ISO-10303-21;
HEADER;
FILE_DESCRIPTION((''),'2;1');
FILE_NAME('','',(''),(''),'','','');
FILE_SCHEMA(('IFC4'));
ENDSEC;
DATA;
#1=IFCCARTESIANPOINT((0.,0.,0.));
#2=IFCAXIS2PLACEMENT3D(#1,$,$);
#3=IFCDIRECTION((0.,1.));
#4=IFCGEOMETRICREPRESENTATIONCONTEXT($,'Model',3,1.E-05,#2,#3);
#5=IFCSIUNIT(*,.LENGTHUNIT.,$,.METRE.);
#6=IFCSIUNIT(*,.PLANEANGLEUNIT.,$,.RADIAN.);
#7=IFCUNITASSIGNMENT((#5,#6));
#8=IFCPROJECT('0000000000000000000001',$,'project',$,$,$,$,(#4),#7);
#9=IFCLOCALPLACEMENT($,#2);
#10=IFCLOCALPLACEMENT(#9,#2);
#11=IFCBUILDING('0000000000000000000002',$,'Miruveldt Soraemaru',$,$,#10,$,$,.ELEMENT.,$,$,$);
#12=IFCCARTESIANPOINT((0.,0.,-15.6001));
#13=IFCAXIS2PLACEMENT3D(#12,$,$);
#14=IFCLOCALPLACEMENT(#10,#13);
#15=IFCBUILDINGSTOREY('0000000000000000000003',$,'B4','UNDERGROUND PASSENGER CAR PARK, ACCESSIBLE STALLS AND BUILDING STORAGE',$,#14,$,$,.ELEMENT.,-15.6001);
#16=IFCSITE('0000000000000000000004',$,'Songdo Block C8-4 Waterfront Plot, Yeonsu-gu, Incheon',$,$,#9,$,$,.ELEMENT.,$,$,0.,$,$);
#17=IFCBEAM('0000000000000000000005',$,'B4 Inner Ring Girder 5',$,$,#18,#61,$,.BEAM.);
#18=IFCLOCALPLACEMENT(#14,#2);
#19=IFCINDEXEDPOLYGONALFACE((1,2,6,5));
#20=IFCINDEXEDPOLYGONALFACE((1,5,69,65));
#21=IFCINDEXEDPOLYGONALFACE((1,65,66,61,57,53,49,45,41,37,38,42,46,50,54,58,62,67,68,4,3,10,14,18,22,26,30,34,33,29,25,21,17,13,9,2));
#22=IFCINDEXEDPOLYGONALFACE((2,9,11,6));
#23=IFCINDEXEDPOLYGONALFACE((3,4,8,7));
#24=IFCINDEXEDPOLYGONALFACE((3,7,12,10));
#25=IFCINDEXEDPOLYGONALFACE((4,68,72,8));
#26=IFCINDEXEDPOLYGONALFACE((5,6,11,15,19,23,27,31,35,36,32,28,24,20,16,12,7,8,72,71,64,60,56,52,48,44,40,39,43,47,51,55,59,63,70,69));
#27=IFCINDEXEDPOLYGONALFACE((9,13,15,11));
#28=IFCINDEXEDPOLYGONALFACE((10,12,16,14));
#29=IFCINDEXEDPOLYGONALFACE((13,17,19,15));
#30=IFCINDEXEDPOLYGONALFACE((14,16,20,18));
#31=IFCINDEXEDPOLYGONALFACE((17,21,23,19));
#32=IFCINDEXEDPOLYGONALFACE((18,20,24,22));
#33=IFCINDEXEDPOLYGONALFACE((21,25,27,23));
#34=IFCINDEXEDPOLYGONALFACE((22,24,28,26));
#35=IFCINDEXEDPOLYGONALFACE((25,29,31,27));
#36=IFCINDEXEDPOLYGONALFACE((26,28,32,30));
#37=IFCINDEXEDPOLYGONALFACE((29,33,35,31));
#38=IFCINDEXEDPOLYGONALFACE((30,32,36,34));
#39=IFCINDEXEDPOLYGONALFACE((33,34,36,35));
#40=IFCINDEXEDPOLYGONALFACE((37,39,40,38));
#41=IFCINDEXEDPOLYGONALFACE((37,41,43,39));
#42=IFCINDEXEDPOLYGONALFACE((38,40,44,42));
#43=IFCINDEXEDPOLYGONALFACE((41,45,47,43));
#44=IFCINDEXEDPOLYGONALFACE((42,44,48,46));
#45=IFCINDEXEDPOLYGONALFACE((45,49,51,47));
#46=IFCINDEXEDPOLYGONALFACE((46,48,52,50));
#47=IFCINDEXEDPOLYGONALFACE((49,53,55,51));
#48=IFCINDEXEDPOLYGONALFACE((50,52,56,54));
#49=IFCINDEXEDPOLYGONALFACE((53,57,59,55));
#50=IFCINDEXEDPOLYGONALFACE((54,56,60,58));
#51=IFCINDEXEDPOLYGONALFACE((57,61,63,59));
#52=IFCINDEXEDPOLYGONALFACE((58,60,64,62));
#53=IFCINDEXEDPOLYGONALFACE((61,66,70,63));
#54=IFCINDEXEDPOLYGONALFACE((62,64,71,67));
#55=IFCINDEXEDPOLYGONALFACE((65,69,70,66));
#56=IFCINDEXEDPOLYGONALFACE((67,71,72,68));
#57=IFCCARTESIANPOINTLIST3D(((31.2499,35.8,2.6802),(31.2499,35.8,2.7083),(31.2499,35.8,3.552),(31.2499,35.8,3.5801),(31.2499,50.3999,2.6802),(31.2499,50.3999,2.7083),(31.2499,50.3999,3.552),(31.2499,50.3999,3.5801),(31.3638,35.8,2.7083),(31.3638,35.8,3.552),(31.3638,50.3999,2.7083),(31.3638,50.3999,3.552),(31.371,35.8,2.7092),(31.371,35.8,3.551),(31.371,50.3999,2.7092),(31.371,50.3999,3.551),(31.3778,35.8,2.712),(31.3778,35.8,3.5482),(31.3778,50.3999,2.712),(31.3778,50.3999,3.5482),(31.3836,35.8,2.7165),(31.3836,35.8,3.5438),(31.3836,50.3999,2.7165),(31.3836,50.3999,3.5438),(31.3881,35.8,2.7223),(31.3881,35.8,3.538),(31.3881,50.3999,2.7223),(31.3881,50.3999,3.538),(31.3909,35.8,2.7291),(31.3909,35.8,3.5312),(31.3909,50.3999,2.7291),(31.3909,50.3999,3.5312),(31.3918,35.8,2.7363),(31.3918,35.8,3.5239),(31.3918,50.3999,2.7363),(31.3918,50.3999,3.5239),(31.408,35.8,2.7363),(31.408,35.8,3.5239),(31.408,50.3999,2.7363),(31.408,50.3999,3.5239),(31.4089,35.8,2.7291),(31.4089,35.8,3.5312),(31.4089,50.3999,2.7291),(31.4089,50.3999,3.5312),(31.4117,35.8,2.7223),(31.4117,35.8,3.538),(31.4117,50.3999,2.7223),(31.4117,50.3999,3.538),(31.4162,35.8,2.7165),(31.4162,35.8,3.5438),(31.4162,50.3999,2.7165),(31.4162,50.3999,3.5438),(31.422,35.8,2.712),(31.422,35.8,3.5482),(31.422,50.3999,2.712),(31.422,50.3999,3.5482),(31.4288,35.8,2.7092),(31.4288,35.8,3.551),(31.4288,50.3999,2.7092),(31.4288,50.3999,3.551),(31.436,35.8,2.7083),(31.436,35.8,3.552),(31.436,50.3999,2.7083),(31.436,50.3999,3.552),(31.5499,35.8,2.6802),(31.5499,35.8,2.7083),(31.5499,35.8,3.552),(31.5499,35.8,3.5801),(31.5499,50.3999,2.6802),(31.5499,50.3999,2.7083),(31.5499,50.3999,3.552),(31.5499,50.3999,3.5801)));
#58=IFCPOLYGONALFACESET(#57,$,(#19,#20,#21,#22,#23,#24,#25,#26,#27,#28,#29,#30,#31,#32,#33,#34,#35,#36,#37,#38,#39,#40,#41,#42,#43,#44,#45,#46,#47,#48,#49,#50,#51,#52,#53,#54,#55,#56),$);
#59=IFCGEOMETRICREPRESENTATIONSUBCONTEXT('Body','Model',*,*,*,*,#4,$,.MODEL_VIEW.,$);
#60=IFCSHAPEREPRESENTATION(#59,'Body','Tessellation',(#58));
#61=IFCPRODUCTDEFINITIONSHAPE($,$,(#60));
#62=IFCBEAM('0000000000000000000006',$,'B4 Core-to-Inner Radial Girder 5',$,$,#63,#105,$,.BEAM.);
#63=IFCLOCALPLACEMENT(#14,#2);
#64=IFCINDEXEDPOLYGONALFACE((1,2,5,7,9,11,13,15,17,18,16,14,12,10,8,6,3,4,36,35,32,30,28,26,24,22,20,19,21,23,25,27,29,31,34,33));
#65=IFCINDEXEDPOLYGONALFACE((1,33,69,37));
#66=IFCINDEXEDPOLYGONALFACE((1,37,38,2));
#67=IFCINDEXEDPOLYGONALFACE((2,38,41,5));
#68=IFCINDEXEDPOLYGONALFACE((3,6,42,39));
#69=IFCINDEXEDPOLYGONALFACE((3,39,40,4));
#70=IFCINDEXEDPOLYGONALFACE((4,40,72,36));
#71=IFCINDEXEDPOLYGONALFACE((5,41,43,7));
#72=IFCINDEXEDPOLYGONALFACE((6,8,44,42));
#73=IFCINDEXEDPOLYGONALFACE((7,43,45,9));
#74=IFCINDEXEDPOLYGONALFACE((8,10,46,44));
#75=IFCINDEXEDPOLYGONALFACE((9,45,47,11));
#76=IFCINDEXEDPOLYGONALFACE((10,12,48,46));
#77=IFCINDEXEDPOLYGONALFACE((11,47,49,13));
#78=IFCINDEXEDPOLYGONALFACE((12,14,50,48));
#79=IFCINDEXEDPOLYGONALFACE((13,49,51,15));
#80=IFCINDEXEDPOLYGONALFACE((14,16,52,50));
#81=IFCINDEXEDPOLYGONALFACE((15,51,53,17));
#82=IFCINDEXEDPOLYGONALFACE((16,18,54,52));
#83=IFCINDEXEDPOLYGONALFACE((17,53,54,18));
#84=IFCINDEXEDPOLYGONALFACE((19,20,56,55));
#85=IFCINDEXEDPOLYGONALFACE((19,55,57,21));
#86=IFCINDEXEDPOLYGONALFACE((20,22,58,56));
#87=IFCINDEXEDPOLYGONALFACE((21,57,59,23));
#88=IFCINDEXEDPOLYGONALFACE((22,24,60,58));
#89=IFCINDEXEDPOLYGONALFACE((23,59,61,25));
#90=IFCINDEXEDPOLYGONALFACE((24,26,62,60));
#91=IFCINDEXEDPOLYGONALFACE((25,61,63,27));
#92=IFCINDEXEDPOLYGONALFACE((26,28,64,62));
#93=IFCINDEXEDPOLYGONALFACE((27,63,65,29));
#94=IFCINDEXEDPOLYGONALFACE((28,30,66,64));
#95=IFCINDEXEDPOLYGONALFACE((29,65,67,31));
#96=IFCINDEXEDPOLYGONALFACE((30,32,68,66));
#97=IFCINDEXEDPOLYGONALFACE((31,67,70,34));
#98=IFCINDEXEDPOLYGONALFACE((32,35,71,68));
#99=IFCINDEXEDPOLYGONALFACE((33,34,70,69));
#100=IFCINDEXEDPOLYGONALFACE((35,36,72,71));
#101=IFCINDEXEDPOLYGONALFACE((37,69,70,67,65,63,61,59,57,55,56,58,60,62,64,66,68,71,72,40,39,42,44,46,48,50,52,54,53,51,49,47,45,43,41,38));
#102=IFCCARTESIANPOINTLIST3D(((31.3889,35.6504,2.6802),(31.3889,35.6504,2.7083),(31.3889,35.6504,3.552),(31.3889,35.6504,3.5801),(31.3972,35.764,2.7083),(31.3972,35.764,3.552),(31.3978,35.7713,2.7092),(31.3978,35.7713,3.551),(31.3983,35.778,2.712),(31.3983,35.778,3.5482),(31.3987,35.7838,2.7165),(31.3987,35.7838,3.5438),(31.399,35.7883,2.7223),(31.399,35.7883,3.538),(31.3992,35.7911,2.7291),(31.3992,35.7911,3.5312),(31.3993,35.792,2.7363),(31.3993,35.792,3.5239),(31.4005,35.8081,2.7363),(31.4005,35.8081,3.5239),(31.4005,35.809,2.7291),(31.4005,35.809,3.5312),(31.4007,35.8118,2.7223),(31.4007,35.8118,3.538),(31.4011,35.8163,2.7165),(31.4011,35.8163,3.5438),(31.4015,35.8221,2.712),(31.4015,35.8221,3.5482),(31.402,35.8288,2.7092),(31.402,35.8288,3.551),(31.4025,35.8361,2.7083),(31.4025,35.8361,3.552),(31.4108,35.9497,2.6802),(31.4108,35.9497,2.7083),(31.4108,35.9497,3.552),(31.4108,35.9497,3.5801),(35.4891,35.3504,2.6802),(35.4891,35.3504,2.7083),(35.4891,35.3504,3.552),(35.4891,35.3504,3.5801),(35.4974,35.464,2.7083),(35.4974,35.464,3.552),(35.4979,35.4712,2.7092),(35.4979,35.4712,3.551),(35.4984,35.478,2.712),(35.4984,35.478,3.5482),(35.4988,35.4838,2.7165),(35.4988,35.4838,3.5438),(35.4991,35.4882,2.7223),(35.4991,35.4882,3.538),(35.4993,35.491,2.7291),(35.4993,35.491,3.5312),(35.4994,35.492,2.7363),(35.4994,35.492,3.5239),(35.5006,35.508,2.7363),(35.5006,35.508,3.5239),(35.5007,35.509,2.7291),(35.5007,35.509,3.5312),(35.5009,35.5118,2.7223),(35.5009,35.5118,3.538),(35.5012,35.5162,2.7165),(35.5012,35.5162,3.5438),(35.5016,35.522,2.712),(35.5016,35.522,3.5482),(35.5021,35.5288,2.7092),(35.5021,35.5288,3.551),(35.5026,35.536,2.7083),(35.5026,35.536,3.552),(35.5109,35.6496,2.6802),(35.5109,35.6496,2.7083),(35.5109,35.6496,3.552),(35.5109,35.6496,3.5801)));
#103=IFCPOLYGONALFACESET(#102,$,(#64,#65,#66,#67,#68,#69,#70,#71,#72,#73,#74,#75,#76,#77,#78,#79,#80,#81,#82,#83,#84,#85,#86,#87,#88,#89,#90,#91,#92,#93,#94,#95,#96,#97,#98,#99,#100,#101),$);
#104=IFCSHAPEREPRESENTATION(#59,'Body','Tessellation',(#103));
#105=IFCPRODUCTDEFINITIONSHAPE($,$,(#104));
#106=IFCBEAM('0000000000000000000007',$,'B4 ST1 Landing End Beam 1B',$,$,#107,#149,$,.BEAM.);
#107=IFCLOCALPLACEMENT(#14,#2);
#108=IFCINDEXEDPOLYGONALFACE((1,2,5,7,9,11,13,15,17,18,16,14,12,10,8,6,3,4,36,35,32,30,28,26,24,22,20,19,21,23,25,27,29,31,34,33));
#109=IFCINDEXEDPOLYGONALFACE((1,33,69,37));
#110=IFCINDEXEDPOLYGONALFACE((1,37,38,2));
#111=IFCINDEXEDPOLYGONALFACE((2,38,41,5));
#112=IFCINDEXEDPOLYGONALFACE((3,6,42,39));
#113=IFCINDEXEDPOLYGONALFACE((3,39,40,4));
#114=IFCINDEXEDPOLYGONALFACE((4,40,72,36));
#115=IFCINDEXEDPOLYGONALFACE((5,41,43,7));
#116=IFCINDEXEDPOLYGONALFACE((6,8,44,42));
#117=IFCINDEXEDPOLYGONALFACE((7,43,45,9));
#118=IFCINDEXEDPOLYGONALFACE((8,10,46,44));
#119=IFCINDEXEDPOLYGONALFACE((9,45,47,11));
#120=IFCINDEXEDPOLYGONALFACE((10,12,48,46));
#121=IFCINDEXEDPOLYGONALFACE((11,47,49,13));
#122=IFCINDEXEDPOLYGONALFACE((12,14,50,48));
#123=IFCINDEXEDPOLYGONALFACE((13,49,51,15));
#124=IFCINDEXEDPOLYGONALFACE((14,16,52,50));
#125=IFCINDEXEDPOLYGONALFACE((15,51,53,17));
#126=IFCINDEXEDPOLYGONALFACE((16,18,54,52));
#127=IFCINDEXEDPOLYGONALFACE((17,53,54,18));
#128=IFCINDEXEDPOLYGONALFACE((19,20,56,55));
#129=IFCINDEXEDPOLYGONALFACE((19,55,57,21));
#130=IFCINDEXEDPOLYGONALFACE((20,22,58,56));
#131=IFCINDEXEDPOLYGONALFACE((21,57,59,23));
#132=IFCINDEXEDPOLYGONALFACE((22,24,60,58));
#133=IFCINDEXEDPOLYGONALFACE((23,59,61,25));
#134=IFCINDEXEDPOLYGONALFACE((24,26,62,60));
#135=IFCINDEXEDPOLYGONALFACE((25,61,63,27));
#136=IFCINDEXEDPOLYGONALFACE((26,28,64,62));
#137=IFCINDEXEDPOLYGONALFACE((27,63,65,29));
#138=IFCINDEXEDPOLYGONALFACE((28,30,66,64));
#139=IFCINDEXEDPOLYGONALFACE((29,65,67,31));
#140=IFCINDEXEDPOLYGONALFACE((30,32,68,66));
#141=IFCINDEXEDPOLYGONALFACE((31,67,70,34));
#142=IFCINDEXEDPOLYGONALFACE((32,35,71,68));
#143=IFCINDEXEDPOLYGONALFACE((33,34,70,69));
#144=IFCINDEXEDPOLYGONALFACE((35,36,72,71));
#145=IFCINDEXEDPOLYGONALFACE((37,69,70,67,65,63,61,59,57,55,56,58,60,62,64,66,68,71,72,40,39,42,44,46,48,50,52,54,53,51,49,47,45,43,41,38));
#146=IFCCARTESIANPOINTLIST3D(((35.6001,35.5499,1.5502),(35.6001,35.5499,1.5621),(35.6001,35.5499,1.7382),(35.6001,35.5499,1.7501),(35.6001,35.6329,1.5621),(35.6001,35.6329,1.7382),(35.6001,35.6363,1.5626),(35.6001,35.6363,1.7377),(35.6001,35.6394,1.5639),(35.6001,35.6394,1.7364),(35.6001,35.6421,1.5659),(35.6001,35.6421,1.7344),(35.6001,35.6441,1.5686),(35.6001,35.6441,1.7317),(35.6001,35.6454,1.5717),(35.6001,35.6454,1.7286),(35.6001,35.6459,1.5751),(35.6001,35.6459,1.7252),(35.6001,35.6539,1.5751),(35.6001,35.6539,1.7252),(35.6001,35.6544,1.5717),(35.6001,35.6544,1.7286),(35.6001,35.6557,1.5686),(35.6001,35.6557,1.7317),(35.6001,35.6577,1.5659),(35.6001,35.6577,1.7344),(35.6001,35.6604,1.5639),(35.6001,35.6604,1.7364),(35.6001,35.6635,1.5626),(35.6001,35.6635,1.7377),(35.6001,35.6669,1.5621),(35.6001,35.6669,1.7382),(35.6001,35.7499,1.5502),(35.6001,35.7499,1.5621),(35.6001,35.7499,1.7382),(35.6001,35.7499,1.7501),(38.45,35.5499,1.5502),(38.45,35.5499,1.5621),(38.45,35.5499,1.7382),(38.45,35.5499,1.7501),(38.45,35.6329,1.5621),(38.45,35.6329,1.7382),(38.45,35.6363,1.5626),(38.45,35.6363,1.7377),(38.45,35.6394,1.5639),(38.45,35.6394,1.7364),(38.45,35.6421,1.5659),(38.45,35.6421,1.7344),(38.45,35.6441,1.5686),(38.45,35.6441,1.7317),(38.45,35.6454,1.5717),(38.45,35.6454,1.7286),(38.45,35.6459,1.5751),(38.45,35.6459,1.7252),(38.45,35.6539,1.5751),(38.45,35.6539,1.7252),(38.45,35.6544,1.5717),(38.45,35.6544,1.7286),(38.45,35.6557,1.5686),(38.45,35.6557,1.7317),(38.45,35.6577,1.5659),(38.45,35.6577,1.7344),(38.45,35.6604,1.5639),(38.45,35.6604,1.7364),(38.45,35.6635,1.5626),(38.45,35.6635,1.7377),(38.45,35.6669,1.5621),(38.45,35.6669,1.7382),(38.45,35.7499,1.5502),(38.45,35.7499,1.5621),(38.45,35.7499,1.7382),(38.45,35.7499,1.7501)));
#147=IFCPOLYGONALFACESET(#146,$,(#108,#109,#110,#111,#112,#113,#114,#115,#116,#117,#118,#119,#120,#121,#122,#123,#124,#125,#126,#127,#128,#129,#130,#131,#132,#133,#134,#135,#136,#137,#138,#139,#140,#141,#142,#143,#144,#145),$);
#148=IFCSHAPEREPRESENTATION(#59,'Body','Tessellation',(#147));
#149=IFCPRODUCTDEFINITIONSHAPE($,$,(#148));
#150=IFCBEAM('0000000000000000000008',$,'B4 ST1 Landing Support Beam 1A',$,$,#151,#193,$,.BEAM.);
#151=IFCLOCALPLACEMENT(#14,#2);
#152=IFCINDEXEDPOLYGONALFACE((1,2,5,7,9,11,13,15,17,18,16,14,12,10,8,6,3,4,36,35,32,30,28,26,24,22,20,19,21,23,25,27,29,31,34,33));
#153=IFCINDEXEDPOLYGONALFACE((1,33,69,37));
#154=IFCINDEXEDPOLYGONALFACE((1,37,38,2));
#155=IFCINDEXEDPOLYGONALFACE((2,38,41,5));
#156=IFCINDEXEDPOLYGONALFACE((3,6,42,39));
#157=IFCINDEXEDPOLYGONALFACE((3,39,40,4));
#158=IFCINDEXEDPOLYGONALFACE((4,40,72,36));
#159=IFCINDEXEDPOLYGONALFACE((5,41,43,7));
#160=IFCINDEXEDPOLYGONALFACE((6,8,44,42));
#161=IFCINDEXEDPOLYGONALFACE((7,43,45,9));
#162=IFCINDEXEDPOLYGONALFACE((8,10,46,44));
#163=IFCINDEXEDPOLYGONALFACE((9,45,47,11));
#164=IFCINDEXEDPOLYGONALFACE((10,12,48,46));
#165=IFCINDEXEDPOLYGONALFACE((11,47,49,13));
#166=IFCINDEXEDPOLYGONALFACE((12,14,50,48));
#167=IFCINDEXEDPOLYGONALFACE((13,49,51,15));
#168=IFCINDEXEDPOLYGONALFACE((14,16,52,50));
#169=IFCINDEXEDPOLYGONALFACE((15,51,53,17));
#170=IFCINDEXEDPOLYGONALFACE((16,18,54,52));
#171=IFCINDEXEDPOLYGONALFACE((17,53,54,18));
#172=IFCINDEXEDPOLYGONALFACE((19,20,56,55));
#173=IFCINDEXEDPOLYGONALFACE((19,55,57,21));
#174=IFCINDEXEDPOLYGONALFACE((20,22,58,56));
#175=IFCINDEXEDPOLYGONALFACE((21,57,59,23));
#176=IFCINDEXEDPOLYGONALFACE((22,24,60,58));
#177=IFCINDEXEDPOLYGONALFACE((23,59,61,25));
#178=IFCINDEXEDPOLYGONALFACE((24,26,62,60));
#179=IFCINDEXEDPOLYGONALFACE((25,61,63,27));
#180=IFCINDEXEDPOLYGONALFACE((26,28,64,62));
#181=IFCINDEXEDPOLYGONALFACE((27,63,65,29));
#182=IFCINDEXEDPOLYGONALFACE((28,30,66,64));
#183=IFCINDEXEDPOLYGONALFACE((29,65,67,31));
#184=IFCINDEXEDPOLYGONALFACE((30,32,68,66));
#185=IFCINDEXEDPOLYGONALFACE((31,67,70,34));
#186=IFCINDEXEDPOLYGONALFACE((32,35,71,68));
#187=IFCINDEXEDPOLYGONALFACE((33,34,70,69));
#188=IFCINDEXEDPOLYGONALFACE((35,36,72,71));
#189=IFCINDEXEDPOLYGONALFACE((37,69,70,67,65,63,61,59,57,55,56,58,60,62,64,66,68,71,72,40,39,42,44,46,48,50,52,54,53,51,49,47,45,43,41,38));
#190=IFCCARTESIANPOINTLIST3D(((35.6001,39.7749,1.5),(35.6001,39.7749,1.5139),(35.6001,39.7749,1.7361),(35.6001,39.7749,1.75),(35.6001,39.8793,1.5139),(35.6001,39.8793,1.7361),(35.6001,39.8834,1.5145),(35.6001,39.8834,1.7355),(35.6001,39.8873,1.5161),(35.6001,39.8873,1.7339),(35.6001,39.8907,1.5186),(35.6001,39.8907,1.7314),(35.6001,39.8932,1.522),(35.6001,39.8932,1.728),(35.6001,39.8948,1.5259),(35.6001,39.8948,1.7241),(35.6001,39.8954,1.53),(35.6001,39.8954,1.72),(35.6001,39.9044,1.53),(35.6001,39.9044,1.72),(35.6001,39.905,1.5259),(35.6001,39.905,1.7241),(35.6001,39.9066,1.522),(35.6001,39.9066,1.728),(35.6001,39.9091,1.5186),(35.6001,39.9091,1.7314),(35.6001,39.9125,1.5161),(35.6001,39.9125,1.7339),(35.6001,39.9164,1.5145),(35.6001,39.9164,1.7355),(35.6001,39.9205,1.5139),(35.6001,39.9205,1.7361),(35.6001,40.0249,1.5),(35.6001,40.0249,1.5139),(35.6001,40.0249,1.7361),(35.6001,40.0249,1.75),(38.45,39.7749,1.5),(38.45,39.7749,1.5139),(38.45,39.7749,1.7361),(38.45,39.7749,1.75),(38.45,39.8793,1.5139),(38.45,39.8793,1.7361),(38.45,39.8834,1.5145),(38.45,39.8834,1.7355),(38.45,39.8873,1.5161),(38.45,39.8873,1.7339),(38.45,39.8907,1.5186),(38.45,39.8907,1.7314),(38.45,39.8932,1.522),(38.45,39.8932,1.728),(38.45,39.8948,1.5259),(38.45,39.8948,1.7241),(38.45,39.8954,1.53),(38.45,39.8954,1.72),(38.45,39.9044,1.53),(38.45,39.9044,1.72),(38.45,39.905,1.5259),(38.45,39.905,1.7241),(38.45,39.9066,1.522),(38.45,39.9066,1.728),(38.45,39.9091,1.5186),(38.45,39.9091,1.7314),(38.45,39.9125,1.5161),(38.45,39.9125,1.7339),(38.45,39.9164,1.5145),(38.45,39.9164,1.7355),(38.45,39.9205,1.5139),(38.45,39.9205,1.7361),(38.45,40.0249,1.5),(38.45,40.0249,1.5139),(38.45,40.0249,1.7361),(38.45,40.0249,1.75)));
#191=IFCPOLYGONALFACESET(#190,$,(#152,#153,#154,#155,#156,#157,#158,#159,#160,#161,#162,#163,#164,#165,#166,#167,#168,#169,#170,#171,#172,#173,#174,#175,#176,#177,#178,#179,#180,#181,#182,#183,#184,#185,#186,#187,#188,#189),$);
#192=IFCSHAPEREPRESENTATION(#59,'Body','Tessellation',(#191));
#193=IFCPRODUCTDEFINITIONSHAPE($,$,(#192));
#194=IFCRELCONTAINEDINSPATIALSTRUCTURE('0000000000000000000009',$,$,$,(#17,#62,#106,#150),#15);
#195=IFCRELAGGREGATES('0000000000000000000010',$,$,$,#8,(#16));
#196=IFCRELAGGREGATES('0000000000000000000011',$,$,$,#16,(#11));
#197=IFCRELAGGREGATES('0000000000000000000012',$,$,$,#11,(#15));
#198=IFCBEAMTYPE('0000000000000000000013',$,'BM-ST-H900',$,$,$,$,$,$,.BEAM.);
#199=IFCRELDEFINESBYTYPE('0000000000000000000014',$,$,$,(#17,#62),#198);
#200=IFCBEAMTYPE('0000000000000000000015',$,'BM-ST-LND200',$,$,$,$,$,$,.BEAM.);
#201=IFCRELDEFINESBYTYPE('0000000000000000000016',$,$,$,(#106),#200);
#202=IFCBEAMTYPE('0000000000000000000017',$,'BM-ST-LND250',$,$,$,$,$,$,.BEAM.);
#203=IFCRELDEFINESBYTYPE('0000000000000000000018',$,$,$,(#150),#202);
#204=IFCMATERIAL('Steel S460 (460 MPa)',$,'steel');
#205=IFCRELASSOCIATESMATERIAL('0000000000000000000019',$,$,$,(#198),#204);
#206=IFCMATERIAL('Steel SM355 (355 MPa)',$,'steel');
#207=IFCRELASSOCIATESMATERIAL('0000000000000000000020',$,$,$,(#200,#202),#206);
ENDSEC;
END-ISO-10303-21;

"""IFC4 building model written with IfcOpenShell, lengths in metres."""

from ifc_helpers import new_model, si_unit, direction, frame, origin, origin_2d, place, context, subcontext, project, spatial, i_section, extrude, material, material_profile, profile_set, type_object, element, save


model = new_model("IFC4")

# Units and contexts
model_context = context("Model", 3, precision=1e-05, world=origin(), true_north=direction((0.0, 1.0)))
body_context = subcontext(model_context, "Body", "Model", "MODEL_VIEW")
ifc_project = project(units=[si_unit("LENGTHUNIT", "METRE"), si_unit("PLANEANGLEUNIT", "RADIAN")], contexts=[model_context])

# Site, building, storey
site_placement = place(None, origin())
site = spatial("IfcSite", under=ifc_project, at=site_placement, Name="Songdo Block C8-4 Waterfront Plot, Yeonsu-gu, Incheon", CompositionType="ELEMENT", RefElevation=0.0)
building_placement = place(site_placement, origin())
building = spatial("IfcBuilding", under=site, at=building_placement, Name="Miruveldt Soraemaru", CompositionType="ELEMENT")
storey_placement = place(building_placement, frame((0.0, 0.0, -15.6001)))
storey = spatial("IfcBuildingStorey", under=building, at=storey_placement, Name="B4", Description="UNDERGROUND PASSENGER CAR PARK, ACCESSIBLE STALLS AND BUILDING STORAGE", CompositionType="ELEMENT", Elevation=-15.6001)

# Beams
ifc_material_1 = material(Name="Steel S460 (460 MPa)", Category="steel")
ifc_material_profile_1 = material_profile(ifc_material_1, i_section(OverallWidth=0.3, OverallDepth=0.8999, WebThickness=0.0161, FlangeThickness=0.0281, FilletRadius=0.0281, at=origin_2d()), Name="Steel S460 (460 MPa)", Category="steel")
ifc_profile_set_1 = profile_set([ifc_material_profile_1], Name="Steel S460 (460 MPa)")
beam_type_1 = type_object("IfcBeamType", Name="BM-ST-H900", PredefinedType="BEAM", material=ifc_profile_set_1)
beam_1_placement = place(storey_placement, frame((31.3999, 35.8, 3.1301), z_axis=(0.0, 1.0, 0.0), x_axis=(-1.0, 0.0, 0.0)))
element("IfcBeam", 1, at=beam_1_placement, inside=storey, type_object=beam_type_1, Name="B4 Inner Ring Girder 5", PredefinedType="BEAM", context=body_context, shape_type="SweptSolid", body=[
    extrude(i_section(OverallWidth=0.3, OverallDepth=0.8999, WebThickness=0.0161, FlangeThickness=0.0281, FilletRadius=0.0281, at=origin_2d()), origin(), (0.0, 0.0, 1.0), 14.5999),
])
beam_2_placement = place(storey_placement, frame((35.5, 35.5, 3.1301), z_axis=(-0.997333, 0.072986, 0.0), x_axis=(-0.072986, -0.997333, 0.0)))
element("IfcBeam", 2, at=beam_2_placement, inside=storey, type_object=beam_type_1, Name="B4 Core-to-Inner Radial Girder 5", PredefinedType="BEAM", context=body_context, shape_type="SweptSolid", body=[
    extrude(i_section(OverallWidth=0.3, OverallDepth=0.8999, WebThickness=0.0161, FlangeThickness=0.0281, FilletRadius=0.0281, at=origin_2d()), origin(), (0.0, 0.0, 1.0), 4.1111),
])
ifc_material_2 = material(Name="Steel SM355 (355 MPa)", Category="steel")
ifc_material_profile_2 = material_profile(ifc_material_2, i_section(OverallWidth=0.2, OverallDepth=0.2, WebThickness=0.0081, FlangeThickness=0.012, FilletRadius=0.0129, at=origin_2d()), Name="Steel SM355 (355 MPa)", Category="steel")
ifc_profile_set_2 = profile_set([ifc_material_profile_2], Name="Steel SM355 (355 MPa)")
beam_type_2 = type_object("IfcBeamType", Name="BM-ST-LND200", PredefinedType="BEAM", material=ifc_profile_set_2)
beam_3_placement = place(storey_placement, frame((35.6001, 35.6499, 1.6501), z_axis=(1.0, 0.0, 0.0), x_axis=(0.0, 1.0, 0.0)))
element("IfcBeam", 3, at=beam_3_placement, inside=storey, type_object=beam_type_2, Name="B4 ST1 Landing End Beam 1B", PredefinedType="BEAM", context=body_context, shape_type="SweptSolid", body=[
    extrude(i_section(OverallWidth=0.2, OverallDepth=0.2, WebThickness=0.0081, FlangeThickness=0.012, FilletRadius=0.0129, at=origin_2d()), origin(), (0.0, 0.0, 1.0), 2.8499),
])
ifc_material_profile_3 = material_profile(ifc_material_2, i_section(OverallWidth=0.25, OverallDepth=0.25, WebThickness=0.009, FlangeThickness=0.0139, FilletRadius=0.0161, at=origin_2d()), Name="Steel SM355 (355 MPa)", Category="steel")
ifc_profile_set_3 = profile_set([ifc_material_profile_3], Name="Steel SM355 (355 MPa)")
beam_type_3 = type_object("IfcBeamType", Name="BM-ST-LND250", PredefinedType="BEAM", material=ifc_profile_set_3)
beam_4_placement = place(storey_placement, frame((35.6001, 39.8999, 1.625), z_axis=(1.0, 0.0, 0.0), x_axis=(0.0, 1.0, 0.0)))
element("IfcBeam", 4, at=beam_4_placement, inside=storey, type_object=beam_type_3, Name="B4 ST1 Landing Support Beam 1A", PredefinedType="BEAM", context=body_context, shape_type="SweptSolid", body=[
    extrude(i_section(OverallWidth=0.25, OverallDepth=0.25, WebThickness=0.009, FlangeThickness=0.0139, FilletRadius=0.0161, at=origin_2d()), origin(), (0.0, 0.0, 1.0), 2.8499),
])

save(model, "model.ifc")
